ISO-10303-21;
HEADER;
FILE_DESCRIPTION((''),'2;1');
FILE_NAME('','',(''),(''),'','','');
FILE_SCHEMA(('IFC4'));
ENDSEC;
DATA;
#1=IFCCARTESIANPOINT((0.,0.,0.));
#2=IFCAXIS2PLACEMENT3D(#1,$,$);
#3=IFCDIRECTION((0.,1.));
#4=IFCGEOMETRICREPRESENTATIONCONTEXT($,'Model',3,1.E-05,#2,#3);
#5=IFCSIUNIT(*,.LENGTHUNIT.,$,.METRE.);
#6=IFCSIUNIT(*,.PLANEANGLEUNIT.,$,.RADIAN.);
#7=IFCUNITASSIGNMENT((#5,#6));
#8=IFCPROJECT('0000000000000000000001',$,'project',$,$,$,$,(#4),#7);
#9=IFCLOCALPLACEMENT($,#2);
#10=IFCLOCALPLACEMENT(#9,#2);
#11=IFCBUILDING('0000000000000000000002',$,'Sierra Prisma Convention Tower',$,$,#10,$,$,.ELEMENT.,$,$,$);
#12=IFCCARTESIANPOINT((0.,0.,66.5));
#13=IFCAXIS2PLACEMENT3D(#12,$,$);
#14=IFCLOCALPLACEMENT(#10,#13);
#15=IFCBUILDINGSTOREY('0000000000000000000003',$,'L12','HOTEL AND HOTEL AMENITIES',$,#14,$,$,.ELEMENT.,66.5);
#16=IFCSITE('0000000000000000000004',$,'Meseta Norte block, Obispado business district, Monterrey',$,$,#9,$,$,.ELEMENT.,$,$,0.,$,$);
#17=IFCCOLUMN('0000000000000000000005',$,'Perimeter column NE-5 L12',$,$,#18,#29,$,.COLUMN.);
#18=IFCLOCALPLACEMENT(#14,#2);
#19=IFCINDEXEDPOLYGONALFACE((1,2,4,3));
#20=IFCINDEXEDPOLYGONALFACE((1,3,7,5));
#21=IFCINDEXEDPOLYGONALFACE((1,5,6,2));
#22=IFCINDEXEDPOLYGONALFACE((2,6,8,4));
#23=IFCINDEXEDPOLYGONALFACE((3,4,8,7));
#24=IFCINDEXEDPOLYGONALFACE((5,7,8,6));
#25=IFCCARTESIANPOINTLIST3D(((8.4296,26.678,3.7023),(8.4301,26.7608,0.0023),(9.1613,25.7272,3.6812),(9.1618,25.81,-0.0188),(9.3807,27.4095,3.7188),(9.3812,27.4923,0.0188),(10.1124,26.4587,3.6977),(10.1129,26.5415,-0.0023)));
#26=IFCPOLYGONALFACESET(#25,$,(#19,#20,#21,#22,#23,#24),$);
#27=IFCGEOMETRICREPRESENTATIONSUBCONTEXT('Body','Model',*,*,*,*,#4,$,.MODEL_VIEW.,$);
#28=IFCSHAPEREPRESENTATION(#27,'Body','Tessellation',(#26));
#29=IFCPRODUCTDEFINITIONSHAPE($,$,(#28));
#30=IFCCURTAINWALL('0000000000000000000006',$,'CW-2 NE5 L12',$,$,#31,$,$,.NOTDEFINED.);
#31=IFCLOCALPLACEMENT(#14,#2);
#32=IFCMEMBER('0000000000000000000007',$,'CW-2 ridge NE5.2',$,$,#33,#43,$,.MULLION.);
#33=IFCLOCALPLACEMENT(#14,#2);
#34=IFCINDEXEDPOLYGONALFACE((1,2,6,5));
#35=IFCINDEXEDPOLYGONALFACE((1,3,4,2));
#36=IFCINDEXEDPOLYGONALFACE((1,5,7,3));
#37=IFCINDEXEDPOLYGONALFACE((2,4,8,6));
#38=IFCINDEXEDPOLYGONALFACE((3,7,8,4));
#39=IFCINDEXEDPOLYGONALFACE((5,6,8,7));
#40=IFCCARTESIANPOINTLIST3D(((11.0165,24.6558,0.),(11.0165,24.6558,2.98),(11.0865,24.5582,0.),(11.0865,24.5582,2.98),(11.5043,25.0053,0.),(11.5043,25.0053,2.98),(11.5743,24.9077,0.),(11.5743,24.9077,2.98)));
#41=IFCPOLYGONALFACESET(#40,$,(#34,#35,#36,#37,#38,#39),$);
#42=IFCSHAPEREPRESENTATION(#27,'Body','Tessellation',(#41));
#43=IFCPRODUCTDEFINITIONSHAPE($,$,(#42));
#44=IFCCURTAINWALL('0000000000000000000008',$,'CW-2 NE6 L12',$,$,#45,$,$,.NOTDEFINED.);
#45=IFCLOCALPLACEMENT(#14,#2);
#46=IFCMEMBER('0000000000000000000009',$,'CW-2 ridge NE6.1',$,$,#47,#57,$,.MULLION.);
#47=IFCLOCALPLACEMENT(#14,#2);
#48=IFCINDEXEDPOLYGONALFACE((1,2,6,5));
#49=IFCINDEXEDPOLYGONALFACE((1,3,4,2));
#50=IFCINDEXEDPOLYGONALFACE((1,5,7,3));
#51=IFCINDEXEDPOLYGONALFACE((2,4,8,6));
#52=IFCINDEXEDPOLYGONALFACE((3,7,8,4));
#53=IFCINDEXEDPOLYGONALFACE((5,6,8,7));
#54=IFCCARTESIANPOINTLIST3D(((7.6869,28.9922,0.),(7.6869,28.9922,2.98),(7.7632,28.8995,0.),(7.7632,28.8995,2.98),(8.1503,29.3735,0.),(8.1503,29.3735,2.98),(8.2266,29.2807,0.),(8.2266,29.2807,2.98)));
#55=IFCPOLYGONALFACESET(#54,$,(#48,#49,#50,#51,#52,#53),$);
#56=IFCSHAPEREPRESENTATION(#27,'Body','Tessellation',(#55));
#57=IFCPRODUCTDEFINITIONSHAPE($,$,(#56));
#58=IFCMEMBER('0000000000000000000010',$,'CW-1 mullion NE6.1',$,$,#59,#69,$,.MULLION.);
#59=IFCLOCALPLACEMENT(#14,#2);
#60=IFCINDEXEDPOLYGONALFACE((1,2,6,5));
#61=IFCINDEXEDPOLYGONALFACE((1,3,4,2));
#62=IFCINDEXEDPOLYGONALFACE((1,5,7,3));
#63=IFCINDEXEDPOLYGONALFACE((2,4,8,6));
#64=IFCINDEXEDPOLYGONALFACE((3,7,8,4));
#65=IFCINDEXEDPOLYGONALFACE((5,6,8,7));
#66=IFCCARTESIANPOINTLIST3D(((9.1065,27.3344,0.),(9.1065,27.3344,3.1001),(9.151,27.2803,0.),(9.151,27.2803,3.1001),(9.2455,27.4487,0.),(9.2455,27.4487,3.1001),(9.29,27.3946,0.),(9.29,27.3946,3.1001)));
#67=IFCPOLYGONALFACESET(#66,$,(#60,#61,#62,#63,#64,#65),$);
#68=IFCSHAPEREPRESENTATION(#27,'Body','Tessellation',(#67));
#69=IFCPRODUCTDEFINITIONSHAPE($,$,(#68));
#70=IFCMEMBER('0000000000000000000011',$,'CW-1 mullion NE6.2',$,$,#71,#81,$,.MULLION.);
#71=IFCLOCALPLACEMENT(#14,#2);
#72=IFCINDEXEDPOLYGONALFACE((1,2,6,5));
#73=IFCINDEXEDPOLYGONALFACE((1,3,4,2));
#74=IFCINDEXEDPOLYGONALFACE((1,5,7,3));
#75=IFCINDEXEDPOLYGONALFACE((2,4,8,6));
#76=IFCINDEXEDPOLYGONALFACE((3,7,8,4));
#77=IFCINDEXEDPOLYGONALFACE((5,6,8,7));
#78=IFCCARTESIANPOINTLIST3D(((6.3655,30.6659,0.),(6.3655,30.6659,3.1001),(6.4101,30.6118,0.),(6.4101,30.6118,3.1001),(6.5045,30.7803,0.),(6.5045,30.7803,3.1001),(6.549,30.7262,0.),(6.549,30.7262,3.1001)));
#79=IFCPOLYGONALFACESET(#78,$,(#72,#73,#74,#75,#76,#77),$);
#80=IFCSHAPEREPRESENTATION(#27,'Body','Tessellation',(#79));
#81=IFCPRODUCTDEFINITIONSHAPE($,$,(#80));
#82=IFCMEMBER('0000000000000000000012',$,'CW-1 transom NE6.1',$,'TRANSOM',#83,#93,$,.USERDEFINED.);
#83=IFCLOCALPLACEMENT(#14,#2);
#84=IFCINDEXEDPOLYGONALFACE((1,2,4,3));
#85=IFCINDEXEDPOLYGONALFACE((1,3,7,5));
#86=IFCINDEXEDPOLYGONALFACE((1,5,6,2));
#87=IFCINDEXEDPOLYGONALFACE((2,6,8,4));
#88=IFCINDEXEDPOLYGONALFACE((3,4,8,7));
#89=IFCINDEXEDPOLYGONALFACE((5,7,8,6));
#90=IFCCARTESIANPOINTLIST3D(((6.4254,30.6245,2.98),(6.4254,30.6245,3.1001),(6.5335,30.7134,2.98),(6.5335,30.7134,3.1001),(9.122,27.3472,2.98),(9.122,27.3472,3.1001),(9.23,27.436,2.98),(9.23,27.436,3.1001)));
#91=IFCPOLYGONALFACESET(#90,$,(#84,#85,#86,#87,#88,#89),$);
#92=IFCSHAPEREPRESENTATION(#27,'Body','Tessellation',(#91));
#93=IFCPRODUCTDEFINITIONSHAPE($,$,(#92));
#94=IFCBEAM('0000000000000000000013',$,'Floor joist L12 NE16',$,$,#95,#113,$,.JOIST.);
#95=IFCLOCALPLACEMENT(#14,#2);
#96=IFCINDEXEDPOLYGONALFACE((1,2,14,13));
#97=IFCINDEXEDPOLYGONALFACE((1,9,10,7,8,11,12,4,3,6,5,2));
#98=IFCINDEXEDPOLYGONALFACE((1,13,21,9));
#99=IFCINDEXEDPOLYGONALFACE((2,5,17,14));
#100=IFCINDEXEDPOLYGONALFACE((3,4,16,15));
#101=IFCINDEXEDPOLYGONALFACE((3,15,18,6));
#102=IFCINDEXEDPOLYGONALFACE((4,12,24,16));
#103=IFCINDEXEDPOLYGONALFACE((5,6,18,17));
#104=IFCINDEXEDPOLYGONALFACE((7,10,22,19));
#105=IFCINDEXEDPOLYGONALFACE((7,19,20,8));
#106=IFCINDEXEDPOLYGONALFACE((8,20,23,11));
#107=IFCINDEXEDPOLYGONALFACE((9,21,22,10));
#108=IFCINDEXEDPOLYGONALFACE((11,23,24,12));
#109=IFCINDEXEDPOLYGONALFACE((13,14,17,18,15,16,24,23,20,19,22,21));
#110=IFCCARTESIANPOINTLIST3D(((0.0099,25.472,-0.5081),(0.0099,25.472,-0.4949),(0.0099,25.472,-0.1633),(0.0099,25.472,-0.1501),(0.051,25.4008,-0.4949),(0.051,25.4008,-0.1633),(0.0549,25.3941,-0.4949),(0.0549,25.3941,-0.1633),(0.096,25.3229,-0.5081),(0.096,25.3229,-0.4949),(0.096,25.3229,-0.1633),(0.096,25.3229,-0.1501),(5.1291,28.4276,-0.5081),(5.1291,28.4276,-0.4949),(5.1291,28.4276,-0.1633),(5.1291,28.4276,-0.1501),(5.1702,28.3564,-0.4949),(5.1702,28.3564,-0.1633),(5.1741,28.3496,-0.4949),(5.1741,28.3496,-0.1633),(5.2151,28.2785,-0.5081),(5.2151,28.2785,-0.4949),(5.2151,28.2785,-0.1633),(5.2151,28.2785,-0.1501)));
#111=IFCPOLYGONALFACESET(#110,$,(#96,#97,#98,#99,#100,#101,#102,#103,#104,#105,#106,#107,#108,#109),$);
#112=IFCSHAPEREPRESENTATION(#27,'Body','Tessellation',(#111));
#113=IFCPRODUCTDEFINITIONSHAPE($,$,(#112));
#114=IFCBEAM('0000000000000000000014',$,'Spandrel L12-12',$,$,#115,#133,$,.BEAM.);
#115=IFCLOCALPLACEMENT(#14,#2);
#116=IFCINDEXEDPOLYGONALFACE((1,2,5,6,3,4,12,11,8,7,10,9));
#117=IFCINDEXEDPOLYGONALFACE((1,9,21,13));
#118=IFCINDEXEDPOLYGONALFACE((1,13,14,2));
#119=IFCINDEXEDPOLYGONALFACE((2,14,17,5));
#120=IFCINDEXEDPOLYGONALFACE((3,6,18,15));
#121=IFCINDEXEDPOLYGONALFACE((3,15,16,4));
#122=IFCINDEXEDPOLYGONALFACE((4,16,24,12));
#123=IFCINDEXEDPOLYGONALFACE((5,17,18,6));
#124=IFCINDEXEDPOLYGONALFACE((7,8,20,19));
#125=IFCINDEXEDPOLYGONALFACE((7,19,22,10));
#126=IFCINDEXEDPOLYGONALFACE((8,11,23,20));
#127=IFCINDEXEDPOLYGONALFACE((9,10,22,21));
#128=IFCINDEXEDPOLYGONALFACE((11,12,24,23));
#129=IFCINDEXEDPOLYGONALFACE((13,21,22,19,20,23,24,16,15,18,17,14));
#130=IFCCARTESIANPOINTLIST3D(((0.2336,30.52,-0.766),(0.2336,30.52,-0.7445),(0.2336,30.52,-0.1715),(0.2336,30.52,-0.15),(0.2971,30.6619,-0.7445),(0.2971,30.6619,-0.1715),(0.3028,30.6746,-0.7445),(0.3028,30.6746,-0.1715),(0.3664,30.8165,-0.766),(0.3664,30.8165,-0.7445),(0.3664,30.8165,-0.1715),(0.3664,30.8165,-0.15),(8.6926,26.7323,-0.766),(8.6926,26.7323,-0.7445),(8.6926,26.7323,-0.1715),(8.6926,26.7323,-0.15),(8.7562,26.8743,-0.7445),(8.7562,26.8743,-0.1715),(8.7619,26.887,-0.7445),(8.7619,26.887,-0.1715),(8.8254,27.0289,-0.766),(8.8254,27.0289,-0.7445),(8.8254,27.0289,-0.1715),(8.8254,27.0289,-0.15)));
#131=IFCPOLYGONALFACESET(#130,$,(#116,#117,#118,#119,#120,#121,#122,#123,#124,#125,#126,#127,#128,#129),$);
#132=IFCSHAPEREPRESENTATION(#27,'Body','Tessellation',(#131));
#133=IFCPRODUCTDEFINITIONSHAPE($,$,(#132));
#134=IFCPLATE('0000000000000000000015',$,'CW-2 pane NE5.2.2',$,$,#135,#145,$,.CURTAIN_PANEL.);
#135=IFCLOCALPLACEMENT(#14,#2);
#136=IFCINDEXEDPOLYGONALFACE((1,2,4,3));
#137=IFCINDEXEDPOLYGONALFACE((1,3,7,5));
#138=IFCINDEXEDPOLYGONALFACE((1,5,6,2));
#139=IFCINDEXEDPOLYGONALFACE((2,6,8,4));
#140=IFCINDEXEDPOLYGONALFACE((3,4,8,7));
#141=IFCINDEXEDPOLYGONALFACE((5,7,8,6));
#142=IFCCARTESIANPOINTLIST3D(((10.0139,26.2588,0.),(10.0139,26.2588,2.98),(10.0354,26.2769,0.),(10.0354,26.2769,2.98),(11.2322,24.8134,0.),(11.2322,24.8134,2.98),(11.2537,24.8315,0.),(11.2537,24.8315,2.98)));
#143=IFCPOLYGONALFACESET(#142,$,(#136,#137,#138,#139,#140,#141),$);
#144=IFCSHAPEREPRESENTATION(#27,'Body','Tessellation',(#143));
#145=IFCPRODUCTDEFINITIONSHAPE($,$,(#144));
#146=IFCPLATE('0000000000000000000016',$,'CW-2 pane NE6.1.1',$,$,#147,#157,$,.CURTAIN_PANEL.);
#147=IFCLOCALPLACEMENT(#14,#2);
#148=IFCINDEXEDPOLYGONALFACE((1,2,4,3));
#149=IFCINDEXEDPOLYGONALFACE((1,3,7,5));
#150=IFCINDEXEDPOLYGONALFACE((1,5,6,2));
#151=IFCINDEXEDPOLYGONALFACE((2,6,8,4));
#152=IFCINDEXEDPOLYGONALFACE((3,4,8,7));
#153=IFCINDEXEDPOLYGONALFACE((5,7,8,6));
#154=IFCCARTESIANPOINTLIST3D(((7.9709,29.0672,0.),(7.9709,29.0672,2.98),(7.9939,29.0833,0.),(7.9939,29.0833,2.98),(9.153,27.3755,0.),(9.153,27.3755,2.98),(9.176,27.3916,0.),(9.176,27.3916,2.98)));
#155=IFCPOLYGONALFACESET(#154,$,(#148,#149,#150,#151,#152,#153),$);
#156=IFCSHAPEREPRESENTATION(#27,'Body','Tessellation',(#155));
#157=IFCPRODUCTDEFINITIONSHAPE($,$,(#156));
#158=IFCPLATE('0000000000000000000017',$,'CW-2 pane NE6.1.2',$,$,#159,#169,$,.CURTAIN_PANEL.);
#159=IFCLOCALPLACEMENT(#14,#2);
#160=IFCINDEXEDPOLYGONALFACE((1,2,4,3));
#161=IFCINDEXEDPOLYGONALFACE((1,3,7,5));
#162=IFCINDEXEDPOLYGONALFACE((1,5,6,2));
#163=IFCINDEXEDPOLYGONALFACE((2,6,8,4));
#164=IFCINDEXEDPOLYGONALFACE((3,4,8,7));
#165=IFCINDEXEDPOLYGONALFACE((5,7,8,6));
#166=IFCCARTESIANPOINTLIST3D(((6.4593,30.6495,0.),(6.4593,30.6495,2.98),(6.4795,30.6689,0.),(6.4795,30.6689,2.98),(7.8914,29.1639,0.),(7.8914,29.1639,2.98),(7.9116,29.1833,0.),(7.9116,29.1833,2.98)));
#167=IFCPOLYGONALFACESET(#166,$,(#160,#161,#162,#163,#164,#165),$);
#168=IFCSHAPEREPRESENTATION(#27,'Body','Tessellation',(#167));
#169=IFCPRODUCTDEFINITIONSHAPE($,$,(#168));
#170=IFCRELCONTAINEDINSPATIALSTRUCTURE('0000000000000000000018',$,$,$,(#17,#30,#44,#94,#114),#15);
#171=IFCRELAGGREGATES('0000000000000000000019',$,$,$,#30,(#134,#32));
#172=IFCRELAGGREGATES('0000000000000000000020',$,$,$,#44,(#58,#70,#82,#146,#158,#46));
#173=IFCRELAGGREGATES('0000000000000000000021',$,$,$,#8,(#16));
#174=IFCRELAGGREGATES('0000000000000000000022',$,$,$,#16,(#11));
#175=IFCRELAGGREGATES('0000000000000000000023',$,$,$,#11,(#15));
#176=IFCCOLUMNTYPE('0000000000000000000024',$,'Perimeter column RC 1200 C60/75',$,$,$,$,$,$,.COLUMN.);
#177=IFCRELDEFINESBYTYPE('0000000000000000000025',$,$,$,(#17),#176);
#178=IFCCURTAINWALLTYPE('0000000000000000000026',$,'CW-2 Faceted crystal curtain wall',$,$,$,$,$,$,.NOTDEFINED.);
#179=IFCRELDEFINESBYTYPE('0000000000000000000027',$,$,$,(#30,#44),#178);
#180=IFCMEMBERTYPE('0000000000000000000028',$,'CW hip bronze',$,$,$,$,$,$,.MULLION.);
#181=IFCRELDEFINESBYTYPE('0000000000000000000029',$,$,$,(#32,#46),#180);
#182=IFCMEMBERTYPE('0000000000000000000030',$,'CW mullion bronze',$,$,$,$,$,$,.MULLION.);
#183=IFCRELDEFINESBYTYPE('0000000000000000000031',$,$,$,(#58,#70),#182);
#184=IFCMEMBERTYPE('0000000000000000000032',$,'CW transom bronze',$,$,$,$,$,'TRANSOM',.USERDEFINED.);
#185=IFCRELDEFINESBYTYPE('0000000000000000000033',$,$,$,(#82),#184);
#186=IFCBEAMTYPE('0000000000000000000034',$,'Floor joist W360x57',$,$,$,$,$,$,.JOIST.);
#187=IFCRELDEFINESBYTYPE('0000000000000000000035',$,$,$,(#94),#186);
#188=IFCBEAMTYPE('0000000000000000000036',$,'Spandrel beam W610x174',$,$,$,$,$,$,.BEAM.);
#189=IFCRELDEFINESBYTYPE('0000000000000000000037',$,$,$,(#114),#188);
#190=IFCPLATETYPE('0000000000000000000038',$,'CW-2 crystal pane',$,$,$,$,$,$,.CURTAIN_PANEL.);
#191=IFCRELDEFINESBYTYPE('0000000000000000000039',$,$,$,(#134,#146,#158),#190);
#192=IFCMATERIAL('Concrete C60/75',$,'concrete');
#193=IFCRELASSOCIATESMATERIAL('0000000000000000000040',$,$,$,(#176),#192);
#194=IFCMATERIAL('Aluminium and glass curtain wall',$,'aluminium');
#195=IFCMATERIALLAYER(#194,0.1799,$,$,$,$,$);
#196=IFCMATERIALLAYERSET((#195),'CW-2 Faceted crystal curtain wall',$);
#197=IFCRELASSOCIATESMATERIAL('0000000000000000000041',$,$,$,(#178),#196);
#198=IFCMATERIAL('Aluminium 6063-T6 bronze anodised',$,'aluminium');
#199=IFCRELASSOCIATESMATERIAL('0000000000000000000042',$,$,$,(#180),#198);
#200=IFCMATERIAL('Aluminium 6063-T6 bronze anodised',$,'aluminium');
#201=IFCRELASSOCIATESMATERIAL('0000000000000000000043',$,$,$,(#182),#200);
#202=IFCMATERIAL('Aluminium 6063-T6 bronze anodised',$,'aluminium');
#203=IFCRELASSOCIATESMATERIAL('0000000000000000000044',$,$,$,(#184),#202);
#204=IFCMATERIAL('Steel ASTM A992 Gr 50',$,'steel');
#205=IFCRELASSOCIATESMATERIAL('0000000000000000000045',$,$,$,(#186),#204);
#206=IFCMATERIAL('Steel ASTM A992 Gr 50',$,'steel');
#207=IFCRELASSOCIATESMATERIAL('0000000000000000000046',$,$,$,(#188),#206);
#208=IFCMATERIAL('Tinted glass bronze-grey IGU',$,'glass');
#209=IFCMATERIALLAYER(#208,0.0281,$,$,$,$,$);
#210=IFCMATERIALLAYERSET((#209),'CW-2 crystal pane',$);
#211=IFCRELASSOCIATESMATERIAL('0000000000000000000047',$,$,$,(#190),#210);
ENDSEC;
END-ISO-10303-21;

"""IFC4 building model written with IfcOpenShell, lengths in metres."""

from ifc_helpers import new_model, si_unit, direction, frame, origin, origin_2d, place, context, subcontext, project, spatial, polyline, rectangle, i_section, outline, extrude, material, layer, layer_set, material_profile, profile_set, type_object, element, aggregate, save


model = new_model("IFC4")

# Units and contexts
model_context = context("Model", 3, precision=1e-05, world=origin(), true_north=direction((0.0, 1.0)))
body_context = subcontext(model_context, "Body", "Model", "MODEL_VIEW")
ifc_project = project(units=[si_unit("LENGTHUNIT", "METRE"), si_unit("PLANEANGLEUNIT", "RADIAN")], contexts=[model_context])

# Site, building, storey
site_placement = place(None, origin())
site = spatial("IfcSite", under=ifc_project, at=site_placement, Name="Meseta Norte block, Obispado business district, Monterrey", CompositionType="ELEMENT", RefElevation=0.0)
building_placement = place(site_placement, origin())
building = spatial("IfcBuilding", under=site, at=building_placement, Name="Sierra Prisma Convention Tower", CompositionType="ELEMENT")
storey_placement = place(building_placement, frame((0.0, 0.0, 66.5)))
storey = spatial("IfcBuildingStorey", under=building, at=storey_placement, Name="L12", Description="HOTEL AND HOTEL AMENITIES", CompositionType="ELEMENT", Elevation=66.5)

# Column
ifc_material_1 = material(Name="Concrete C60/75", Category="concrete")
ifc_material_profile_1 = material_profile(ifc_material_1, rectangle(XDim=1.2, YDim=1.2, at=origin_2d()), Name="Perimeter column RC 1200 C60/75")
ifc_profile_set_1 = profile_set([ifc_material_profile_1], Name="Concrete C60/75")
column_type = type_object("IfcColumnType", Name="Perimeter column RC 1200 C60/75", PredefinedType="COLUMN", material=ifc_profile_set_1)
column_placement = place(storey_placement, frame((9.2715, 26.6511, 0.0), z_axis=(-0.000132, -0.022363, 0.99975), x_axis=(-0.609769, 0.792383, 0.017644)))
element("IfcColumn", 1, at=column_placement, inside=storey, type_object=column_type, Name="Perimeter column NE-5 L12", PredefinedType="COLUMN", context=body_context, shape_type="SweptSolid", body=[
    extrude(rectangle(XDim=1.2, YDim=1.2, at=origin_2d()), origin(), (0.0, 0.0, 1.0), 3.7009),
])

# Curtain wall, member
ifc_material_2 = material(Name="Aluminium and glass curtain wall", Category="aluminium")
ifc_layer_1 = layer(ifc_material_2, 0.1799)
ifc_layer_set_1 = layer_set([ifc_layer_1], Name="CW-2 Faceted crystal curtain wall")
curtain_wall_type = type_object("IfcCurtainWallType", Name="CW-2 Faceted crystal curtain wall", PredefinedType="NOTDEFINED", material=ifc_layer_set_1)
curtain_wall_1_placement = place(storey_placement, origin())
curtain_wall_1 = element("IfcCurtainWall", 2, at=curtain_wall_1_placement, inside=storey, type_object=curtain_wall_type, Name="CW-2 NE5 L12", PredefinedType="NOTDEFINED")
ifc_material_3 = material(Name="Aluminium 6063-T6 bronze anodised", Category="aluminium")
ifc_material_profile_2 = material_profile(ifc_material_3, rectangle(XDim=0.1201, YDim=0.6001, at=origin_2d()), Name="ALU RIDGE BLADE 120x600")
ifc_profile_set_2 = profile_set([ifc_material_profile_2], Name="Aluminium 6063-T6 bronze anodised")
member_type_1 = type_object("IfcMemberType", Name="CW hip bronze", PredefinedType="MULLION", material=ifc_profile_set_2)
member_1_placement = place(storey_placement, frame((11.2954, 24.7817, 0.0), z_axis=(0.0, 0.0, 1.0), x_axis=(-0.582447, 0.812868, 0.0)))
member_1 = element("IfcMember", 3, at=member_1_placement, type_object=member_type_1, Name="CW-2 ridge NE5.2", PredefinedType="MULLION", context=body_context, shape_type="SweptSolid", body=[
    extrude(rectangle(XDim=0.1201, YDim=0.6001, at=origin_2d()), origin(), (0.0, 0.0, 1.0), 2.98),
])

# Curtain wall, members
curtain_wall_2_placement = place(storey_placement, origin())
curtain_wall_2 = element("IfcCurtainWall", 4, at=curtain_wall_2_placement, inside=storey, type_object=curtain_wall_type, Name="CW-2 NE6 L12", PredefinedType="NOTDEFINED")
member_2_placement = place(storey_placement, frame((7.9568, 29.1365, 0.0), z_axis=(0.0, 0.0, 1.0), x_axis=(-0.635365, 0.772212, 0.0)))
member_2 = element("IfcMember", 5, at=member_2_placement, type_object=member_type_1, Name="CW-2 ridge NE6.1", PredefinedType="MULLION", context=body_context, shape_type="SweptSolid", body=[
    extrude(rectangle(XDim=0.1201, YDim=0.6001, at=origin_2d()), origin(), (0.0, 0.0, 1.0), 2.98),
])
ifc_material_4 = material(Name="Aluminium 6063-T6 bronze anodised", Category="aluminium")
ifc_material_profile_3 = material_profile(ifc_material_4, rectangle(XDim=0.1799, YDim=0.0701, at=origin_2d()), Name="ALU MULLION 70x180")
ifc_profile_set_3 = profile_set([ifc_material_profile_3], Name="Aluminium 6063-T6 bronze anodised")
member_type_2 = type_object("IfcMemberType", Name="CW mullion bronze", PredefinedType="MULLION", material=ifc_profile_set_3)
member_3_placement = place(storey_placement, frame((9.1982, 27.3645, 0.0), z_axis=(0.0, 0.0, 1.0), x_axis=(-0.772212, -0.635365, 0.0)))
member_3 = element("IfcMember", 6, at=member_3_placement, type_object=member_type_2, Name="CW-1 mullion NE6.1", PredefinedType="MULLION", context=body_context, shape_type="SweptSolid", body=[
    extrude(rectangle(XDim=0.1799, YDim=0.0701, at=origin_2d()), origin(), (0.0, 0.0, 1.0), 3.1001),
])
member_4_placement = place(storey_placement, frame((6.4573, 30.696, 0.0), z_axis=(0.0, 0.0, 1.0), x_axis=(-0.772212, -0.635365, 0.0)))
member_4 = element("IfcMember", 7, at=member_4_placement, type_object=member_type_2, Name="CW-1 mullion NE6.2", PredefinedType="MULLION", context=body_context, shape_type="SweptSolid", body=[
    extrude(rectangle(XDim=0.1799, YDim=0.0701, at=origin_2d()), origin(), (0.0, 0.0, 1.0), 3.1001),
])
ifc_material_5 = material(Name="Aluminium 6063-T6 bronze anodised", Category="aluminium")
ifc_material_profile_4 = material_profile(ifc_material_5, rectangle(XDim=0.1399, YDim=0.1201, at=origin_2d()), Name="ALU TRANSOM 120x140")
ifc_profile_set_4 = profile_set([ifc_material_profile_4], Name="Aluminium 6063-T6 bronze anodised")
member_type_3 = type_object("IfcMemberType", Name="CW transom bronze", ElementType="TRANSOM", PredefinedType="USERDEFINED", material=ifc_profile_set_4)
member_5_placement = place(storey_placement, frame((9.176, 27.3916, 3.04), z_axis=(-0.635362, 0.772214, 0.0), x_axis=(-0.772214, -0.635362, 0.0)))
member_5 = element("IfcMember", 8, at=member_5_placement, type_object=member_type_3, Name="CW-1 transom NE6.1", ObjectType="TRANSOM", PredefinedType="USERDEFINED", context=body_context, shape_type="SweptSolid", body=[
    extrude(rectangle(XDim=0.1399, YDim=0.1201, at=origin_2d()), origin(), (0.0, 0.0, 1.0), 4.2441),
])

# Beams
ifc_material_6 = material(Name="Steel ASTM A992 Gr 50", Category="steel")
ifc_material_profile_5 = material_profile(ifc_material_6, i_section(OverallWidth=0.1721, OverallDepth=0.3579, WebThickness=0.0078, FlangeThickness=0.0132, at=origin_2d()), Name="W360x57")
ifc_profile_set_5 = profile_set([ifc_material_profile_5], Name="Steel ASTM A992 Gr 50")
beam_type_1 = type_object("IfcBeamType", Name="Floor joist W360x57", PredefinedType="JOIST", material=ifc_profile_set_5)
beam_1_placement = place(storey_placement, frame((5.1721, 28.353, -0.3291), z_axis=(-0.866023, -0.500004, 0.0), x_axis=(0.500004, -0.866023, 0.0)))
element("IfcBeam", 9, at=beam_1_placement, inside=storey, type_object=beam_type_1, Name="Floor joist L12 NE16", PredefinedType="JOIST", context=body_context, shape_type="SweptSolid", body=[
    extrude(i_section(OverallWidth=0.1721, OverallDepth=0.3579, WebThickness=0.0078, FlangeThickness=0.0132, at=origin_2d()), origin(), (0.0, 0.0, 1.0), 5.9111),
])
ifc_material_7 = material(Name="Steel ASTM A992 Gr 50", Category="steel")
ifc_material_profile_6 = material_profile(ifc_material_7, i_section(OverallWidth=0.325, OverallDepth=0.616, WebThickness=0.0139, FlangeThickness=0.0215, at=origin_2d()), Name="W610x174")
ifc_profile_set_6 = profile_set([ifc_material_profile_6], Name="Steel ASTM A992 Gr 50")
beam_type_2 = type_object("IfcBeamType", Name="Spandrel beam W610x174", PredefinedType="BEAM", material=ifc_profile_set_6)
beam_2_placement = place(storey_placement, frame((8.759, 26.8806, -0.458), z_axis=(-0.912685, 0.408664, 0.0), x_axis=(-0.408664, -0.912685, 0.0)))
element("IfcBeam", 10, at=beam_2_placement, inside=storey, type_object=beam_type_2, Name="Spandrel L12-12", PredefinedType="BEAM", context=body_context, shape_type="SweptSolid", body=[
    extrude(i_section(OverallWidth=0.325, OverallDepth=0.616, WebThickness=0.0139, FlangeThickness=0.0215, at=origin_2d()), origin(), (0.0, 0.0, 1.0), 9.2683),
])

# Plates
ifc_material_8 = material(Name="Tinted glass bronze-grey IGU", Category="glass")
ifc_layer_2 = layer(ifc_material_8, 0.0281)
ifc_layer_set_2 = layer_set([ifc_layer_2], Name="CW-2 crystal pane")
plate_type = type_object("IfcPlateType", Name="CW-2 crystal pane", PredefinedType="CURTAIN_PANEL", material=ifc_layer_set_2)
plate_1_placement = place(storey_placement, frame((10.0354, 26.2769, 0.0), z_axis=(0.76461, 0.644494, 0.0), x_axis=(0.644494, -0.76461, 0.0)))
plate_1 = element("IfcPlate", 11, at=plate_1_placement, type_object=plate_type, Name="CW-2 pane NE5.2.2", PredefinedType="CURTAIN_PANEL", context=body_context, shape_type="SweptSolid", body=[
    extrude(outline(polyline([(0.0, 0.0), (1.8903, 0.0), (1.8903, -2.98), (0.0, -2.98), (0.0, 0.0)])), origin(), (0.0, 0.0, -1.0), 0.0281),
])
aggregate(curtain_wall_1, [plate_1, member_1])
plate_2_placement = place(storey_placement, frame((9.176, 27.3916, 0.0), z_axis=(0.819693, 0.572803, 0.0), x_axis=(-0.572803, 0.819693, 0.0)))
plate_2 = element("IfcPlate", 12, at=plate_2_placement, type_object=plate_type, Name="CW-2 pane NE6.1.1", PredefinedType="CURTAIN_PANEL", context=body_context, shape_type="SweptSolid", body=[
    extrude(outline(polyline([(0.0, 0.0), (2.0638, 0.0), (2.0638, 2.98), (0.0, 2.98), (0.0, 0.0)])), origin(), (0.0, 0.0, -1.0), 0.0281),
])
plate_3_placement = place(storey_placement, frame((6.4795, 30.6689, 0.0), z_axis=(0.719944, 0.694033, 0.0), x_axis=(0.694033, -0.719944, 0.0)))
plate_3 = element("IfcPlate", 13, at=plate_3_placement, type_object=plate_type, Name="CW-2 pane NE6.1.2", PredefinedType="CURTAIN_PANEL", context=body_context, shape_type="SweptSolid", body=[
    extrude(outline(polyline([(0.0, 0.0), (2.0635, 0.0), (2.0635, -2.98), (0.0, -2.98), (0.0, 0.0)])), origin(), (0.0, 0.0, -1.0), 0.0281),
])
aggregate(curtain_wall_2, [member_3, member_4, member_5, plate_2, plate_3, member_2])

save(model, "model.ifc")
